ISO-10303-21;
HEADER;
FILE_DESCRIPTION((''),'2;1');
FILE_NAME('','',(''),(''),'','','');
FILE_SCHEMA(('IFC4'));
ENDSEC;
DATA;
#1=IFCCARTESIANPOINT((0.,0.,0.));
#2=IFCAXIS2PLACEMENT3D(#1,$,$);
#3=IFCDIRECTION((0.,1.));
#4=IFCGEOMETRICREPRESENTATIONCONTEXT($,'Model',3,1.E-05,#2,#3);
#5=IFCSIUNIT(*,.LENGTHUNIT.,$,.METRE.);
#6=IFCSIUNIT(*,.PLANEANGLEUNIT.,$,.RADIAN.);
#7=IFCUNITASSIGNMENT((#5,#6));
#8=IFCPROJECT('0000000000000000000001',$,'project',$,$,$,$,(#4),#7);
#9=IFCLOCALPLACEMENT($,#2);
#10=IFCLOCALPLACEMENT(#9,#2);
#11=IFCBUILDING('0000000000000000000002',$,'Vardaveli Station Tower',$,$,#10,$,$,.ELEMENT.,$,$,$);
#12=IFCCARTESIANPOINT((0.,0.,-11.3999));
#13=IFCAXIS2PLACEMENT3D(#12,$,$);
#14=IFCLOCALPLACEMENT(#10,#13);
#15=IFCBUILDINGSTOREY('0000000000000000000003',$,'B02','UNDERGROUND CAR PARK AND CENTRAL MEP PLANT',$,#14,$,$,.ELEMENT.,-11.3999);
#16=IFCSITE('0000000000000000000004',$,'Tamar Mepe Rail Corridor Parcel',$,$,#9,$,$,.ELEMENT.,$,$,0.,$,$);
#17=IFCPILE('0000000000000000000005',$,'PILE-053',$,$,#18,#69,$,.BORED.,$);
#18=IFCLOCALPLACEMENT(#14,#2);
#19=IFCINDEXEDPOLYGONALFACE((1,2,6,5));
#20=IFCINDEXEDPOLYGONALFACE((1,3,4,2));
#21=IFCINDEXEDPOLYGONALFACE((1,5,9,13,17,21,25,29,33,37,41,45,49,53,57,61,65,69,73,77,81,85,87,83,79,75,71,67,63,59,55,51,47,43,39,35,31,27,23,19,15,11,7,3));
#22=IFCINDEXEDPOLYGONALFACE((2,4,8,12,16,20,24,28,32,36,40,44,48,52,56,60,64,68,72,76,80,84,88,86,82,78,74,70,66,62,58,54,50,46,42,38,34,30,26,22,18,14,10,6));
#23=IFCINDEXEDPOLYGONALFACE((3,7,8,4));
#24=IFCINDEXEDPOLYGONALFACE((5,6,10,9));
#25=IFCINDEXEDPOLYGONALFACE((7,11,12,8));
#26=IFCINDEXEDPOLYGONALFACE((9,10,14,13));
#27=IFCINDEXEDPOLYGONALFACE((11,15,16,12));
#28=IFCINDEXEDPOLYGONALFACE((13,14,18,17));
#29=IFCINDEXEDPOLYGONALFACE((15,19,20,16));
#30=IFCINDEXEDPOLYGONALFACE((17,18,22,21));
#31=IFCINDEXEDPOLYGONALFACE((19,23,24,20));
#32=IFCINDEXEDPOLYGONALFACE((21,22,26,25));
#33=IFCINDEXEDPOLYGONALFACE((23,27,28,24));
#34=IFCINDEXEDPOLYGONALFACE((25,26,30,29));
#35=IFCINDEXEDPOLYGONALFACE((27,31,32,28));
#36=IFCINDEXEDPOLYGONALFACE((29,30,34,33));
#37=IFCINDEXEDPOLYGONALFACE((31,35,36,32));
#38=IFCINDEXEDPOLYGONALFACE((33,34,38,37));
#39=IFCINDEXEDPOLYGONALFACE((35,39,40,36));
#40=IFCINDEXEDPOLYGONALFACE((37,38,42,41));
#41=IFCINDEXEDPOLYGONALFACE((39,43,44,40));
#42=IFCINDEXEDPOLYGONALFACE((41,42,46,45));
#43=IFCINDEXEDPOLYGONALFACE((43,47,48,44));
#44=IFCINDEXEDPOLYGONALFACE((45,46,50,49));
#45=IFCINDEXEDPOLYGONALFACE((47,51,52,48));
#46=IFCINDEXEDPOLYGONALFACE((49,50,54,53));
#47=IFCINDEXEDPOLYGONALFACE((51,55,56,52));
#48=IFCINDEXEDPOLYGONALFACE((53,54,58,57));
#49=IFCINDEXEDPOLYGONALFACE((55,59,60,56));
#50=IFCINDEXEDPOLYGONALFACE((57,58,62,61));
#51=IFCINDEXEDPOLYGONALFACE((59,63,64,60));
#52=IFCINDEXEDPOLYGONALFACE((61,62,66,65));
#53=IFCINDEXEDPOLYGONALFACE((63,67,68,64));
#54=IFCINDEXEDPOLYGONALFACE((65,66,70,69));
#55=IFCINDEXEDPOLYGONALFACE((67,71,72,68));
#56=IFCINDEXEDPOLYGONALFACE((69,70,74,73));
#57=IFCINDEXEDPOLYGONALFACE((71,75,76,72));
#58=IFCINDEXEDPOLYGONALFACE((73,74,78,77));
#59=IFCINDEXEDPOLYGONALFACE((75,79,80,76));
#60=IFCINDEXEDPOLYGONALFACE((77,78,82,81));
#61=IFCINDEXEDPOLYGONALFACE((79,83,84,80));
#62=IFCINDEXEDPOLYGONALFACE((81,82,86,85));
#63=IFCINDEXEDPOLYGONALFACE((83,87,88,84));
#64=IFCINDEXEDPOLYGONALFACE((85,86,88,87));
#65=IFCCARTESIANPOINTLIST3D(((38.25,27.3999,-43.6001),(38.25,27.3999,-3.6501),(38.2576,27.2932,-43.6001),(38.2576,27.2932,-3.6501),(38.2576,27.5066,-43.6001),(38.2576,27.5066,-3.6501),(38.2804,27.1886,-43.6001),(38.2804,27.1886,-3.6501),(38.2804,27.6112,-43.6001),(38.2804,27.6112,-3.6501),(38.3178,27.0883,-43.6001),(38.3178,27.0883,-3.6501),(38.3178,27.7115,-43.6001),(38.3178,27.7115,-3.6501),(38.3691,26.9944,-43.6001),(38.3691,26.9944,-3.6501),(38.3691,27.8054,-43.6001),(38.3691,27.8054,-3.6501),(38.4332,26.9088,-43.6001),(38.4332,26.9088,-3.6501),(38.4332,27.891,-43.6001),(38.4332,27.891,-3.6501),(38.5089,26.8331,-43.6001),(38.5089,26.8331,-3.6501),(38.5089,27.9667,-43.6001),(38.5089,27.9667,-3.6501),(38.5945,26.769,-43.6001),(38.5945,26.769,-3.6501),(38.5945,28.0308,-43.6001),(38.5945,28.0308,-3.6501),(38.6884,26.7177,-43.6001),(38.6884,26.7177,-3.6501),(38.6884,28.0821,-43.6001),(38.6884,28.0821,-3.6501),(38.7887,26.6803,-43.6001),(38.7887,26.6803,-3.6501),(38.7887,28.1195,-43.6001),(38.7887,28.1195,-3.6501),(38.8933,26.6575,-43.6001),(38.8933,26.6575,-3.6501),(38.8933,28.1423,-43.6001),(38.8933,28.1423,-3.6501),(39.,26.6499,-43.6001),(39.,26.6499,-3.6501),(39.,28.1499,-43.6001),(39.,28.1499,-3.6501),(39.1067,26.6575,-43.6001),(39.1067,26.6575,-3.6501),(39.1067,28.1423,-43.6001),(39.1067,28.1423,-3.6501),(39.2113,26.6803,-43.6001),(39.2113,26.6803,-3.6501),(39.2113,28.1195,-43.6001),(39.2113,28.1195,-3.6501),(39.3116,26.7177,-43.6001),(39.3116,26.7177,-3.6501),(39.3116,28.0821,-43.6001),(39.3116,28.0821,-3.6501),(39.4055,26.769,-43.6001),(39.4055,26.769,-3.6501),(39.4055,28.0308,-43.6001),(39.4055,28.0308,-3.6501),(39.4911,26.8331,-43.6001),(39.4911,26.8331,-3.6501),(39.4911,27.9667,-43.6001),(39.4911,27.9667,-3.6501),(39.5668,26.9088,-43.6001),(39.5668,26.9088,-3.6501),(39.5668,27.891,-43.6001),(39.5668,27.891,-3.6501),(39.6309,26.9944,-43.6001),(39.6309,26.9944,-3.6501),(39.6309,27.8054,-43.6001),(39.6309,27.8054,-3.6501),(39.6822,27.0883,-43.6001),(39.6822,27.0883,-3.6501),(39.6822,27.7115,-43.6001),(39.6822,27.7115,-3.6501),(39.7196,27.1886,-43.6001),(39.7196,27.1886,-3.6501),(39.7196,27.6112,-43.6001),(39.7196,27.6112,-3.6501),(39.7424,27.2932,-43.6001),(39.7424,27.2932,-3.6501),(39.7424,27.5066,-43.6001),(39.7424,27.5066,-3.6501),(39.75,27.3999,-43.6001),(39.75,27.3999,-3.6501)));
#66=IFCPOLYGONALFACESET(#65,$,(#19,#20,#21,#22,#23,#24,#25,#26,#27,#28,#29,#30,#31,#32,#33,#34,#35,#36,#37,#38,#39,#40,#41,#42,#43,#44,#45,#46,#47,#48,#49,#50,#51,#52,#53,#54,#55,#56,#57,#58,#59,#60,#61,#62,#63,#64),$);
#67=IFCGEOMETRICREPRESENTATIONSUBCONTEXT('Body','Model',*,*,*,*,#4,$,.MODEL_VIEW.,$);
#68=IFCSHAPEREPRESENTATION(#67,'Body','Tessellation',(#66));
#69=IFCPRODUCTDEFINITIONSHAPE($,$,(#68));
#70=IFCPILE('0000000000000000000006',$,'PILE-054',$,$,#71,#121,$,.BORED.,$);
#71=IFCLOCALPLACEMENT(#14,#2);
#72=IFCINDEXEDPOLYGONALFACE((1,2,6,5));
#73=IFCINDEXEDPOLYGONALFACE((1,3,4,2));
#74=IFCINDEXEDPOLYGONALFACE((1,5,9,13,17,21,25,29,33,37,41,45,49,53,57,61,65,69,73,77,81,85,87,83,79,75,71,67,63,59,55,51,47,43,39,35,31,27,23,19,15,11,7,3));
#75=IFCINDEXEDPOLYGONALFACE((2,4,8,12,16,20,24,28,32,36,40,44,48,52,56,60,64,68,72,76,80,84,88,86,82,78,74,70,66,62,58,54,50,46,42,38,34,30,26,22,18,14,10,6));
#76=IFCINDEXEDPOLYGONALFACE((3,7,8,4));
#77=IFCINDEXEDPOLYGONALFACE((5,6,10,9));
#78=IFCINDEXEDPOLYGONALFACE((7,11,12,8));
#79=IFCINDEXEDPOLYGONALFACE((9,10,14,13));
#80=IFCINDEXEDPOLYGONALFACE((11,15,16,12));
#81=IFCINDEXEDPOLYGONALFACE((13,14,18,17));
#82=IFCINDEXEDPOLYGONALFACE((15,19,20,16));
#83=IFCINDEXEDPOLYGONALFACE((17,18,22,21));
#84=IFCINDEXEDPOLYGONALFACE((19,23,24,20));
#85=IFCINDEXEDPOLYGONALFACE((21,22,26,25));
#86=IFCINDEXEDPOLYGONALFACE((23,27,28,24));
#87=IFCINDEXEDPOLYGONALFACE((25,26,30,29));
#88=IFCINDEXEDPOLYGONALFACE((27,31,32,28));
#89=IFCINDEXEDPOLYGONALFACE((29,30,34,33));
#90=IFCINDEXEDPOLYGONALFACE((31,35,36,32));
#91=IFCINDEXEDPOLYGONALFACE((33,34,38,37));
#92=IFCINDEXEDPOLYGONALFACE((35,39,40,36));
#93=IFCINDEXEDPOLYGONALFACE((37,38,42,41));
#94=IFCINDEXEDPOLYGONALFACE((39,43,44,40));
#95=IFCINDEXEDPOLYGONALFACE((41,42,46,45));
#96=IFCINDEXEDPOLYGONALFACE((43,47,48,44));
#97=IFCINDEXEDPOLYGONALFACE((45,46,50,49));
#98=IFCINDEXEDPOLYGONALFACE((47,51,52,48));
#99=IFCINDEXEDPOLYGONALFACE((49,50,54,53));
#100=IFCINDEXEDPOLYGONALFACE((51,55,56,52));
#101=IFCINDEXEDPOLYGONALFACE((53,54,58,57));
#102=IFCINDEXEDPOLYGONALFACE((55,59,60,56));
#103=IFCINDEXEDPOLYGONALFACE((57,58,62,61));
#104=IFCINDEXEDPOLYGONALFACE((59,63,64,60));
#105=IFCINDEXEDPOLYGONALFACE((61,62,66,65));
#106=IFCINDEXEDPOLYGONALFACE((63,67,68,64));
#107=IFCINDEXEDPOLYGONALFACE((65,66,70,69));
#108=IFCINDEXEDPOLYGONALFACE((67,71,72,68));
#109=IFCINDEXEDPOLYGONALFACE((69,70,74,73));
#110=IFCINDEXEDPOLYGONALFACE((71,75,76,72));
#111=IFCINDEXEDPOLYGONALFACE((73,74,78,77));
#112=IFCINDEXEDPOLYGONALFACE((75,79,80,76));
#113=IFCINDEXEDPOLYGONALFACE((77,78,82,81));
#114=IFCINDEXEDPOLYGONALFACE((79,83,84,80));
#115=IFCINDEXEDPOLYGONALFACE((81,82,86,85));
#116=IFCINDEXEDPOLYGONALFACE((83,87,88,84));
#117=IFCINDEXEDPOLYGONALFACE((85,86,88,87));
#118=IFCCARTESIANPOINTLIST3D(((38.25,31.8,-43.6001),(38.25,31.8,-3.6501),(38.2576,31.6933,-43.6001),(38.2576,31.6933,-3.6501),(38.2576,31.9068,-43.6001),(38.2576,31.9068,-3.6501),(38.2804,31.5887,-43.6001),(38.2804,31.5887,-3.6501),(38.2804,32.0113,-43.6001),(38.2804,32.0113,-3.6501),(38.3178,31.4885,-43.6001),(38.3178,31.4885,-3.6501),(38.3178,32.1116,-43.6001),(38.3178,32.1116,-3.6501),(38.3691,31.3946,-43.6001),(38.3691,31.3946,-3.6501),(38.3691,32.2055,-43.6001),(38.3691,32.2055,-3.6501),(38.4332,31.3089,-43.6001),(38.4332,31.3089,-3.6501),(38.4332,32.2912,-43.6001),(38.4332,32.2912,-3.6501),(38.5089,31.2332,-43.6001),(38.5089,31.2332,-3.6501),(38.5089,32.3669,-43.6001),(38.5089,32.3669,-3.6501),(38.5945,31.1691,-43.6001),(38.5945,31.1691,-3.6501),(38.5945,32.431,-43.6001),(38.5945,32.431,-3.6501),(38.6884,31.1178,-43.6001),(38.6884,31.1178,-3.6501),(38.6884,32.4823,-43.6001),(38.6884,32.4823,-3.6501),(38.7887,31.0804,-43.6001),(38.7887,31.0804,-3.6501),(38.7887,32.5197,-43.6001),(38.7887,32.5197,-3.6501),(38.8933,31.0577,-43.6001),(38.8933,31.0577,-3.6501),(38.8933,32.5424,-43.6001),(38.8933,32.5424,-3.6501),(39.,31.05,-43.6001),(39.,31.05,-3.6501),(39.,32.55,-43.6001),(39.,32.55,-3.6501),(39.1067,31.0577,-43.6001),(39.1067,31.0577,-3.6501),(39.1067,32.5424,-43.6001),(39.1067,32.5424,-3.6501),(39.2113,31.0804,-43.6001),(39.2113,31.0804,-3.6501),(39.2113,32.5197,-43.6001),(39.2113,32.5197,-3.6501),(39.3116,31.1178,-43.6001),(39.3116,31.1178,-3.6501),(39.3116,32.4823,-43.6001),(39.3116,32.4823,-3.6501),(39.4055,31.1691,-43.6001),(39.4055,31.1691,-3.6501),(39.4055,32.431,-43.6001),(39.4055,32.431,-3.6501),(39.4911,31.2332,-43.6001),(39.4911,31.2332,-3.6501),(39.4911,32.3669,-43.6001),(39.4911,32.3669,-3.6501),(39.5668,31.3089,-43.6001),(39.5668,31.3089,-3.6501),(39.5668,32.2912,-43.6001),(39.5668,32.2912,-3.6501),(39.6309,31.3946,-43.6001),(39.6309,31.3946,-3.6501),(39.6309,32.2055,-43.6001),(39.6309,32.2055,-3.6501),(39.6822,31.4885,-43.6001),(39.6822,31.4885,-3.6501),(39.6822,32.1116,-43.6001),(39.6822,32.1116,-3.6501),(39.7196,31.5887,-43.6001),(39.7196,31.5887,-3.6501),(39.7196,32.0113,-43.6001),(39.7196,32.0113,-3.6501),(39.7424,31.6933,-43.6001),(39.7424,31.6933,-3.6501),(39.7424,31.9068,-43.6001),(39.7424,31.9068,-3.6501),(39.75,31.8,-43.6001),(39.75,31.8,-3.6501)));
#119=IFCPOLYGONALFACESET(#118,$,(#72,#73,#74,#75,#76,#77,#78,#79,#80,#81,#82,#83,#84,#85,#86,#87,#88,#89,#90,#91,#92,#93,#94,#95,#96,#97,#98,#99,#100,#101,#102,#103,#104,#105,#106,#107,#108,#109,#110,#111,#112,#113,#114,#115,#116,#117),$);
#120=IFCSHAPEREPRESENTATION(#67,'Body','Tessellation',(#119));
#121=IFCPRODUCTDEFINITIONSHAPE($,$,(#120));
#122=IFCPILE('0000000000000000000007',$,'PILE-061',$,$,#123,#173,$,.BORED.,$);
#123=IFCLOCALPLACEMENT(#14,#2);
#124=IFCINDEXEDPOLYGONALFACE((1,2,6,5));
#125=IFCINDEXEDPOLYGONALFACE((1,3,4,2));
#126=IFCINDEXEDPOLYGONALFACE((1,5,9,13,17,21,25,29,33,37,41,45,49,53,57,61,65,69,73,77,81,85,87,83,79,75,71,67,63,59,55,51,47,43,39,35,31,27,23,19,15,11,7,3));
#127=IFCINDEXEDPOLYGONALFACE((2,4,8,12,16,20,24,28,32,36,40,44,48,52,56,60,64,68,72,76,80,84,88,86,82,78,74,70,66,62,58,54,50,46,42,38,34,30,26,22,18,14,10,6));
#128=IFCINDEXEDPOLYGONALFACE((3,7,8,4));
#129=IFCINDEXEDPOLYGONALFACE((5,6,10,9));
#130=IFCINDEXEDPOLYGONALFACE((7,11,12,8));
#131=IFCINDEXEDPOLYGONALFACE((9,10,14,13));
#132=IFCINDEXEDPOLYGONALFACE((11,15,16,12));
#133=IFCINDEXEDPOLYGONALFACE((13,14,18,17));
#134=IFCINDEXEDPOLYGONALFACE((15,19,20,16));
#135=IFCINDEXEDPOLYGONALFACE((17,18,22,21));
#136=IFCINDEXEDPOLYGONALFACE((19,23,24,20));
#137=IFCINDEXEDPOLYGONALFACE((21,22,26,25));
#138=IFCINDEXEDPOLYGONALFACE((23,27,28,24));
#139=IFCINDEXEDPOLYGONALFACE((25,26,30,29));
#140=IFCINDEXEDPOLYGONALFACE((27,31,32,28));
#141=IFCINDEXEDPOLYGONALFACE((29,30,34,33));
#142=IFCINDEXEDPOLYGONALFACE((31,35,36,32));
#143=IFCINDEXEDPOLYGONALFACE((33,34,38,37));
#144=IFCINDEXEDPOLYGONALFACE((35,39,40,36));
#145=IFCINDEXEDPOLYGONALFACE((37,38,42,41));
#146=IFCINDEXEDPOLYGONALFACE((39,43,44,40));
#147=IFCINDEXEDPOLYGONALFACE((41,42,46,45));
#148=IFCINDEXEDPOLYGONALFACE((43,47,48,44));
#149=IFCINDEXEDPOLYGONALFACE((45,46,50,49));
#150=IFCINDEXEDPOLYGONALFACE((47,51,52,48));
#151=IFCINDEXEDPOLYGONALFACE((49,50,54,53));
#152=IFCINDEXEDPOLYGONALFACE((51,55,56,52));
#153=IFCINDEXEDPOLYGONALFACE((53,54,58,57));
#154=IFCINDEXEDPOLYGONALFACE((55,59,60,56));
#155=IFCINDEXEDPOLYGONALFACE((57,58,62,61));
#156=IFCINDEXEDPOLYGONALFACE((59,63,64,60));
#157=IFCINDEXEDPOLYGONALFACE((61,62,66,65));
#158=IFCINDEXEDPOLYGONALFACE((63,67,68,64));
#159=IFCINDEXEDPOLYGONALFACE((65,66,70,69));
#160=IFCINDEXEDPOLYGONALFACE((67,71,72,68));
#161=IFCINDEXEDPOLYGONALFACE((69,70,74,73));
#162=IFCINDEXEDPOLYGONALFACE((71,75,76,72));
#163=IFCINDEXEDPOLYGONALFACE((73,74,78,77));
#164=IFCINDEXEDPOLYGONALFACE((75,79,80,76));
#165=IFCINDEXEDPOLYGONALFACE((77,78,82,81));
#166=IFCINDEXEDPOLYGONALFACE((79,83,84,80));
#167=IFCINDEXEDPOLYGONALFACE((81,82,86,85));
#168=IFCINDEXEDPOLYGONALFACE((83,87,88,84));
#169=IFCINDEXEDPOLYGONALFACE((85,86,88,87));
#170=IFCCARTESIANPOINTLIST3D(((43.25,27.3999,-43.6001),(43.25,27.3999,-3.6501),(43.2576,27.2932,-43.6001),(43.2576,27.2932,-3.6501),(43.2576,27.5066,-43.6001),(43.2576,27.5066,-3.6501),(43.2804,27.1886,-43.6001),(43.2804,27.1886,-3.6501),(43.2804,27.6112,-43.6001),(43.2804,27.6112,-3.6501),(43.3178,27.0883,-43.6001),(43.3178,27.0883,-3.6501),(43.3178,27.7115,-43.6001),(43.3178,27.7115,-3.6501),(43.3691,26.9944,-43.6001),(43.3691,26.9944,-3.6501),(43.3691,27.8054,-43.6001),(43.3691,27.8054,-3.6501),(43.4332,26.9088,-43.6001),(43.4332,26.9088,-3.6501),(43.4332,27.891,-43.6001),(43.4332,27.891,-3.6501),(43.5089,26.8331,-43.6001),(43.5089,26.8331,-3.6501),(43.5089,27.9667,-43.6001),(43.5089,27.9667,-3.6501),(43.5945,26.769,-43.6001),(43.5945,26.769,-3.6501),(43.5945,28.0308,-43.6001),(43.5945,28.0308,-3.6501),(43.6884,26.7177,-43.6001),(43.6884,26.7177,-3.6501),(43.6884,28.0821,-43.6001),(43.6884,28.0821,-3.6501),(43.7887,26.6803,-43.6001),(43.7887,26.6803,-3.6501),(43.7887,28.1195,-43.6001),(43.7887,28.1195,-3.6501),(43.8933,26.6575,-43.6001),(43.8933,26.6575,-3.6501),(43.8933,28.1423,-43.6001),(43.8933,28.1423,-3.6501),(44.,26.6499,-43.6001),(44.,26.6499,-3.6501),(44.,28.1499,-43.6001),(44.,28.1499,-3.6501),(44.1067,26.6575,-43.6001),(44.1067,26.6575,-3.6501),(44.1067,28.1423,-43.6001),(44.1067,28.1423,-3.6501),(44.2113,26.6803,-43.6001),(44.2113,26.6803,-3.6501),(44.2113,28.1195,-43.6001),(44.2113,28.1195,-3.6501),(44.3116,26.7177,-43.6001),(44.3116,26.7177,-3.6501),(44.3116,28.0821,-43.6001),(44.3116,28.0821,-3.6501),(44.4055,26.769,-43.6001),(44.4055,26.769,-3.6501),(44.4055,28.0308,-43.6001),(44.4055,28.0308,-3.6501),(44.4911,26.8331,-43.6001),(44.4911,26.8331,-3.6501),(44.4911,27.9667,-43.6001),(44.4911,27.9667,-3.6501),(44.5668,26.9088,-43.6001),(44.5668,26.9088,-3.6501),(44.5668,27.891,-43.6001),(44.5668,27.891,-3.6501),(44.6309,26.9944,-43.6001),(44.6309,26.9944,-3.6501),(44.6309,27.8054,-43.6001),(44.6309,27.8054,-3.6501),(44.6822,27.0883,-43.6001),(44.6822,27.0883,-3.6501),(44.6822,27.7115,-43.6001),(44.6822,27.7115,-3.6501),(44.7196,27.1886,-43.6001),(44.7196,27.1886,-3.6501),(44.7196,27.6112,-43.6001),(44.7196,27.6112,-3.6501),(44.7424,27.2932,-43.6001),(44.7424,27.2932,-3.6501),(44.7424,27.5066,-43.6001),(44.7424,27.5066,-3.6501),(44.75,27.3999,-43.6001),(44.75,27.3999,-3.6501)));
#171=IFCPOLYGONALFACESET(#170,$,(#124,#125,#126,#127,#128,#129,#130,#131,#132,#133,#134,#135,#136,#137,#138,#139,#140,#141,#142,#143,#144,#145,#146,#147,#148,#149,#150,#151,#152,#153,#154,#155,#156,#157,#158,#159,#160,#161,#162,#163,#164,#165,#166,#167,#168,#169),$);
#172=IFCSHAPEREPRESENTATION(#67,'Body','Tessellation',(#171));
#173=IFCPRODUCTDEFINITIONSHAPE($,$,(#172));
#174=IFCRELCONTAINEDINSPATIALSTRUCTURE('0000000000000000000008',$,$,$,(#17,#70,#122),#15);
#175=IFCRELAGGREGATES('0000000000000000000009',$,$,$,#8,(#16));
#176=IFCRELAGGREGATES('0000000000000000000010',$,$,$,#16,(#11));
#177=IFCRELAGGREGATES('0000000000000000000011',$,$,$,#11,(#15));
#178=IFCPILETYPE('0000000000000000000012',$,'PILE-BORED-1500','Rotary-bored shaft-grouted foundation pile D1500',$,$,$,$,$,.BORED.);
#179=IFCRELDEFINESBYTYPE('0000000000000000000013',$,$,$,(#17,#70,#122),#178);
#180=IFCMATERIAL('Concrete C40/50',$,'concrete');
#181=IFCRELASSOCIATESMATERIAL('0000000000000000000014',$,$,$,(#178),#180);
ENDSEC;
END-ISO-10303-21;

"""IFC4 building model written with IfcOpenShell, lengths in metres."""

from ifc_helpers import new_model, si_unit, direction, frame, origin, origin_2d, place, context, subcontext, project, spatial, circle, extrude, source, transform, mapped, material, material_profile, profile_set, type_object, element, save


model = new_model("IFC4")

# Units and contexts
model_context = context("Model", 3, precision=1e-05, world=origin(), true_north=direction((0.0, 1.0)))
body_context = subcontext(model_context, "Body", "Model", "MODEL_VIEW")
ifc_project = project(units=[si_unit("LENGTHUNIT", "METRE"), si_unit("PLANEANGLEUNIT", "RADIAN")], contexts=[model_context])

# Site, building, storey
site_placement = place(None, origin())
site = spatial("IfcSite", under=ifc_project, at=site_placement, Name="Tamar Mepe Rail Corridor Parcel", CompositionType="ELEMENT", RefElevation=0.0)
building_placement = place(site_placement, origin())
building = spatial("IfcBuilding", under=site, at=building_placement, Name="Vardaveli Station Tower", CompositionType="ELEMENT")
storey_placement = place(building_placement, frame((0.0, 0.0, -11.3999)))
storey = spatial("IfcBuildingStorey", under=building, at=storey_placement, Name="B02", Description="UNDERGROUND CAR PARK AND CENTRAL MEP PLANT", CompositionType="ELEMENT", Elevation=-11.3999)

# Piles
ifc_material_1 = material(Name="Concrete C40/50", Category="concrete")
ifc_material_profile_1 = material_profile(ifc_material_1, circle(Radius=0.75, at=origin_2d()), Name="PILE D1500")
ifc_profile_set_1 = profile_set([ifc_material_profile_1], Name="Concrete C40/50")
pile_type = type_object("IfcPileType", Name="PILE-BORED-1500", Description="Rotary-bored shaft-grouted foundation pile D1500", PredefinedType="BORED", material=ifc_profile_set_1)
shared_shape_1 = source(origin(), body_context, "Body", "SweptSolid", [
    extrude(circle(Radius=0.75, at=origin_2d()), origin(), (0.0, 0.0, 1.0), 39.95),
])
for number, where, z_axis, x_axis, name in (
    (1, (39.0, 27.3999, -3.6501), (0.0, 0.0, -1.0), (1.0, 0.0, 0.0), "PILE-053"),
    (2, (39.0, 31.8, -3.6501), (0.0, 0.0, -1.0), (1.0, 0.0, 0.0), "PILE-054"),
    (3, (44.0, 27.3999, -3.6501), (0.0, 0.0, -1.0), (1.0, 0.0, 0.0), "PILE-061"),
):
    element("IfcPile", number, at=place(storey_placement, frame(where, z_axis=z_axis, x_axis=x_axis)), inside=storey, type_object=pile_type, Name=name, PredefinedType="BORED", context=body_context, shape_type="MappedRepresentation", body=[
        mapped(shared_shape_1, transform((0.0, 0.0, 0.0), scale=1.0)),
    ])

save(model, "model.ifc")
